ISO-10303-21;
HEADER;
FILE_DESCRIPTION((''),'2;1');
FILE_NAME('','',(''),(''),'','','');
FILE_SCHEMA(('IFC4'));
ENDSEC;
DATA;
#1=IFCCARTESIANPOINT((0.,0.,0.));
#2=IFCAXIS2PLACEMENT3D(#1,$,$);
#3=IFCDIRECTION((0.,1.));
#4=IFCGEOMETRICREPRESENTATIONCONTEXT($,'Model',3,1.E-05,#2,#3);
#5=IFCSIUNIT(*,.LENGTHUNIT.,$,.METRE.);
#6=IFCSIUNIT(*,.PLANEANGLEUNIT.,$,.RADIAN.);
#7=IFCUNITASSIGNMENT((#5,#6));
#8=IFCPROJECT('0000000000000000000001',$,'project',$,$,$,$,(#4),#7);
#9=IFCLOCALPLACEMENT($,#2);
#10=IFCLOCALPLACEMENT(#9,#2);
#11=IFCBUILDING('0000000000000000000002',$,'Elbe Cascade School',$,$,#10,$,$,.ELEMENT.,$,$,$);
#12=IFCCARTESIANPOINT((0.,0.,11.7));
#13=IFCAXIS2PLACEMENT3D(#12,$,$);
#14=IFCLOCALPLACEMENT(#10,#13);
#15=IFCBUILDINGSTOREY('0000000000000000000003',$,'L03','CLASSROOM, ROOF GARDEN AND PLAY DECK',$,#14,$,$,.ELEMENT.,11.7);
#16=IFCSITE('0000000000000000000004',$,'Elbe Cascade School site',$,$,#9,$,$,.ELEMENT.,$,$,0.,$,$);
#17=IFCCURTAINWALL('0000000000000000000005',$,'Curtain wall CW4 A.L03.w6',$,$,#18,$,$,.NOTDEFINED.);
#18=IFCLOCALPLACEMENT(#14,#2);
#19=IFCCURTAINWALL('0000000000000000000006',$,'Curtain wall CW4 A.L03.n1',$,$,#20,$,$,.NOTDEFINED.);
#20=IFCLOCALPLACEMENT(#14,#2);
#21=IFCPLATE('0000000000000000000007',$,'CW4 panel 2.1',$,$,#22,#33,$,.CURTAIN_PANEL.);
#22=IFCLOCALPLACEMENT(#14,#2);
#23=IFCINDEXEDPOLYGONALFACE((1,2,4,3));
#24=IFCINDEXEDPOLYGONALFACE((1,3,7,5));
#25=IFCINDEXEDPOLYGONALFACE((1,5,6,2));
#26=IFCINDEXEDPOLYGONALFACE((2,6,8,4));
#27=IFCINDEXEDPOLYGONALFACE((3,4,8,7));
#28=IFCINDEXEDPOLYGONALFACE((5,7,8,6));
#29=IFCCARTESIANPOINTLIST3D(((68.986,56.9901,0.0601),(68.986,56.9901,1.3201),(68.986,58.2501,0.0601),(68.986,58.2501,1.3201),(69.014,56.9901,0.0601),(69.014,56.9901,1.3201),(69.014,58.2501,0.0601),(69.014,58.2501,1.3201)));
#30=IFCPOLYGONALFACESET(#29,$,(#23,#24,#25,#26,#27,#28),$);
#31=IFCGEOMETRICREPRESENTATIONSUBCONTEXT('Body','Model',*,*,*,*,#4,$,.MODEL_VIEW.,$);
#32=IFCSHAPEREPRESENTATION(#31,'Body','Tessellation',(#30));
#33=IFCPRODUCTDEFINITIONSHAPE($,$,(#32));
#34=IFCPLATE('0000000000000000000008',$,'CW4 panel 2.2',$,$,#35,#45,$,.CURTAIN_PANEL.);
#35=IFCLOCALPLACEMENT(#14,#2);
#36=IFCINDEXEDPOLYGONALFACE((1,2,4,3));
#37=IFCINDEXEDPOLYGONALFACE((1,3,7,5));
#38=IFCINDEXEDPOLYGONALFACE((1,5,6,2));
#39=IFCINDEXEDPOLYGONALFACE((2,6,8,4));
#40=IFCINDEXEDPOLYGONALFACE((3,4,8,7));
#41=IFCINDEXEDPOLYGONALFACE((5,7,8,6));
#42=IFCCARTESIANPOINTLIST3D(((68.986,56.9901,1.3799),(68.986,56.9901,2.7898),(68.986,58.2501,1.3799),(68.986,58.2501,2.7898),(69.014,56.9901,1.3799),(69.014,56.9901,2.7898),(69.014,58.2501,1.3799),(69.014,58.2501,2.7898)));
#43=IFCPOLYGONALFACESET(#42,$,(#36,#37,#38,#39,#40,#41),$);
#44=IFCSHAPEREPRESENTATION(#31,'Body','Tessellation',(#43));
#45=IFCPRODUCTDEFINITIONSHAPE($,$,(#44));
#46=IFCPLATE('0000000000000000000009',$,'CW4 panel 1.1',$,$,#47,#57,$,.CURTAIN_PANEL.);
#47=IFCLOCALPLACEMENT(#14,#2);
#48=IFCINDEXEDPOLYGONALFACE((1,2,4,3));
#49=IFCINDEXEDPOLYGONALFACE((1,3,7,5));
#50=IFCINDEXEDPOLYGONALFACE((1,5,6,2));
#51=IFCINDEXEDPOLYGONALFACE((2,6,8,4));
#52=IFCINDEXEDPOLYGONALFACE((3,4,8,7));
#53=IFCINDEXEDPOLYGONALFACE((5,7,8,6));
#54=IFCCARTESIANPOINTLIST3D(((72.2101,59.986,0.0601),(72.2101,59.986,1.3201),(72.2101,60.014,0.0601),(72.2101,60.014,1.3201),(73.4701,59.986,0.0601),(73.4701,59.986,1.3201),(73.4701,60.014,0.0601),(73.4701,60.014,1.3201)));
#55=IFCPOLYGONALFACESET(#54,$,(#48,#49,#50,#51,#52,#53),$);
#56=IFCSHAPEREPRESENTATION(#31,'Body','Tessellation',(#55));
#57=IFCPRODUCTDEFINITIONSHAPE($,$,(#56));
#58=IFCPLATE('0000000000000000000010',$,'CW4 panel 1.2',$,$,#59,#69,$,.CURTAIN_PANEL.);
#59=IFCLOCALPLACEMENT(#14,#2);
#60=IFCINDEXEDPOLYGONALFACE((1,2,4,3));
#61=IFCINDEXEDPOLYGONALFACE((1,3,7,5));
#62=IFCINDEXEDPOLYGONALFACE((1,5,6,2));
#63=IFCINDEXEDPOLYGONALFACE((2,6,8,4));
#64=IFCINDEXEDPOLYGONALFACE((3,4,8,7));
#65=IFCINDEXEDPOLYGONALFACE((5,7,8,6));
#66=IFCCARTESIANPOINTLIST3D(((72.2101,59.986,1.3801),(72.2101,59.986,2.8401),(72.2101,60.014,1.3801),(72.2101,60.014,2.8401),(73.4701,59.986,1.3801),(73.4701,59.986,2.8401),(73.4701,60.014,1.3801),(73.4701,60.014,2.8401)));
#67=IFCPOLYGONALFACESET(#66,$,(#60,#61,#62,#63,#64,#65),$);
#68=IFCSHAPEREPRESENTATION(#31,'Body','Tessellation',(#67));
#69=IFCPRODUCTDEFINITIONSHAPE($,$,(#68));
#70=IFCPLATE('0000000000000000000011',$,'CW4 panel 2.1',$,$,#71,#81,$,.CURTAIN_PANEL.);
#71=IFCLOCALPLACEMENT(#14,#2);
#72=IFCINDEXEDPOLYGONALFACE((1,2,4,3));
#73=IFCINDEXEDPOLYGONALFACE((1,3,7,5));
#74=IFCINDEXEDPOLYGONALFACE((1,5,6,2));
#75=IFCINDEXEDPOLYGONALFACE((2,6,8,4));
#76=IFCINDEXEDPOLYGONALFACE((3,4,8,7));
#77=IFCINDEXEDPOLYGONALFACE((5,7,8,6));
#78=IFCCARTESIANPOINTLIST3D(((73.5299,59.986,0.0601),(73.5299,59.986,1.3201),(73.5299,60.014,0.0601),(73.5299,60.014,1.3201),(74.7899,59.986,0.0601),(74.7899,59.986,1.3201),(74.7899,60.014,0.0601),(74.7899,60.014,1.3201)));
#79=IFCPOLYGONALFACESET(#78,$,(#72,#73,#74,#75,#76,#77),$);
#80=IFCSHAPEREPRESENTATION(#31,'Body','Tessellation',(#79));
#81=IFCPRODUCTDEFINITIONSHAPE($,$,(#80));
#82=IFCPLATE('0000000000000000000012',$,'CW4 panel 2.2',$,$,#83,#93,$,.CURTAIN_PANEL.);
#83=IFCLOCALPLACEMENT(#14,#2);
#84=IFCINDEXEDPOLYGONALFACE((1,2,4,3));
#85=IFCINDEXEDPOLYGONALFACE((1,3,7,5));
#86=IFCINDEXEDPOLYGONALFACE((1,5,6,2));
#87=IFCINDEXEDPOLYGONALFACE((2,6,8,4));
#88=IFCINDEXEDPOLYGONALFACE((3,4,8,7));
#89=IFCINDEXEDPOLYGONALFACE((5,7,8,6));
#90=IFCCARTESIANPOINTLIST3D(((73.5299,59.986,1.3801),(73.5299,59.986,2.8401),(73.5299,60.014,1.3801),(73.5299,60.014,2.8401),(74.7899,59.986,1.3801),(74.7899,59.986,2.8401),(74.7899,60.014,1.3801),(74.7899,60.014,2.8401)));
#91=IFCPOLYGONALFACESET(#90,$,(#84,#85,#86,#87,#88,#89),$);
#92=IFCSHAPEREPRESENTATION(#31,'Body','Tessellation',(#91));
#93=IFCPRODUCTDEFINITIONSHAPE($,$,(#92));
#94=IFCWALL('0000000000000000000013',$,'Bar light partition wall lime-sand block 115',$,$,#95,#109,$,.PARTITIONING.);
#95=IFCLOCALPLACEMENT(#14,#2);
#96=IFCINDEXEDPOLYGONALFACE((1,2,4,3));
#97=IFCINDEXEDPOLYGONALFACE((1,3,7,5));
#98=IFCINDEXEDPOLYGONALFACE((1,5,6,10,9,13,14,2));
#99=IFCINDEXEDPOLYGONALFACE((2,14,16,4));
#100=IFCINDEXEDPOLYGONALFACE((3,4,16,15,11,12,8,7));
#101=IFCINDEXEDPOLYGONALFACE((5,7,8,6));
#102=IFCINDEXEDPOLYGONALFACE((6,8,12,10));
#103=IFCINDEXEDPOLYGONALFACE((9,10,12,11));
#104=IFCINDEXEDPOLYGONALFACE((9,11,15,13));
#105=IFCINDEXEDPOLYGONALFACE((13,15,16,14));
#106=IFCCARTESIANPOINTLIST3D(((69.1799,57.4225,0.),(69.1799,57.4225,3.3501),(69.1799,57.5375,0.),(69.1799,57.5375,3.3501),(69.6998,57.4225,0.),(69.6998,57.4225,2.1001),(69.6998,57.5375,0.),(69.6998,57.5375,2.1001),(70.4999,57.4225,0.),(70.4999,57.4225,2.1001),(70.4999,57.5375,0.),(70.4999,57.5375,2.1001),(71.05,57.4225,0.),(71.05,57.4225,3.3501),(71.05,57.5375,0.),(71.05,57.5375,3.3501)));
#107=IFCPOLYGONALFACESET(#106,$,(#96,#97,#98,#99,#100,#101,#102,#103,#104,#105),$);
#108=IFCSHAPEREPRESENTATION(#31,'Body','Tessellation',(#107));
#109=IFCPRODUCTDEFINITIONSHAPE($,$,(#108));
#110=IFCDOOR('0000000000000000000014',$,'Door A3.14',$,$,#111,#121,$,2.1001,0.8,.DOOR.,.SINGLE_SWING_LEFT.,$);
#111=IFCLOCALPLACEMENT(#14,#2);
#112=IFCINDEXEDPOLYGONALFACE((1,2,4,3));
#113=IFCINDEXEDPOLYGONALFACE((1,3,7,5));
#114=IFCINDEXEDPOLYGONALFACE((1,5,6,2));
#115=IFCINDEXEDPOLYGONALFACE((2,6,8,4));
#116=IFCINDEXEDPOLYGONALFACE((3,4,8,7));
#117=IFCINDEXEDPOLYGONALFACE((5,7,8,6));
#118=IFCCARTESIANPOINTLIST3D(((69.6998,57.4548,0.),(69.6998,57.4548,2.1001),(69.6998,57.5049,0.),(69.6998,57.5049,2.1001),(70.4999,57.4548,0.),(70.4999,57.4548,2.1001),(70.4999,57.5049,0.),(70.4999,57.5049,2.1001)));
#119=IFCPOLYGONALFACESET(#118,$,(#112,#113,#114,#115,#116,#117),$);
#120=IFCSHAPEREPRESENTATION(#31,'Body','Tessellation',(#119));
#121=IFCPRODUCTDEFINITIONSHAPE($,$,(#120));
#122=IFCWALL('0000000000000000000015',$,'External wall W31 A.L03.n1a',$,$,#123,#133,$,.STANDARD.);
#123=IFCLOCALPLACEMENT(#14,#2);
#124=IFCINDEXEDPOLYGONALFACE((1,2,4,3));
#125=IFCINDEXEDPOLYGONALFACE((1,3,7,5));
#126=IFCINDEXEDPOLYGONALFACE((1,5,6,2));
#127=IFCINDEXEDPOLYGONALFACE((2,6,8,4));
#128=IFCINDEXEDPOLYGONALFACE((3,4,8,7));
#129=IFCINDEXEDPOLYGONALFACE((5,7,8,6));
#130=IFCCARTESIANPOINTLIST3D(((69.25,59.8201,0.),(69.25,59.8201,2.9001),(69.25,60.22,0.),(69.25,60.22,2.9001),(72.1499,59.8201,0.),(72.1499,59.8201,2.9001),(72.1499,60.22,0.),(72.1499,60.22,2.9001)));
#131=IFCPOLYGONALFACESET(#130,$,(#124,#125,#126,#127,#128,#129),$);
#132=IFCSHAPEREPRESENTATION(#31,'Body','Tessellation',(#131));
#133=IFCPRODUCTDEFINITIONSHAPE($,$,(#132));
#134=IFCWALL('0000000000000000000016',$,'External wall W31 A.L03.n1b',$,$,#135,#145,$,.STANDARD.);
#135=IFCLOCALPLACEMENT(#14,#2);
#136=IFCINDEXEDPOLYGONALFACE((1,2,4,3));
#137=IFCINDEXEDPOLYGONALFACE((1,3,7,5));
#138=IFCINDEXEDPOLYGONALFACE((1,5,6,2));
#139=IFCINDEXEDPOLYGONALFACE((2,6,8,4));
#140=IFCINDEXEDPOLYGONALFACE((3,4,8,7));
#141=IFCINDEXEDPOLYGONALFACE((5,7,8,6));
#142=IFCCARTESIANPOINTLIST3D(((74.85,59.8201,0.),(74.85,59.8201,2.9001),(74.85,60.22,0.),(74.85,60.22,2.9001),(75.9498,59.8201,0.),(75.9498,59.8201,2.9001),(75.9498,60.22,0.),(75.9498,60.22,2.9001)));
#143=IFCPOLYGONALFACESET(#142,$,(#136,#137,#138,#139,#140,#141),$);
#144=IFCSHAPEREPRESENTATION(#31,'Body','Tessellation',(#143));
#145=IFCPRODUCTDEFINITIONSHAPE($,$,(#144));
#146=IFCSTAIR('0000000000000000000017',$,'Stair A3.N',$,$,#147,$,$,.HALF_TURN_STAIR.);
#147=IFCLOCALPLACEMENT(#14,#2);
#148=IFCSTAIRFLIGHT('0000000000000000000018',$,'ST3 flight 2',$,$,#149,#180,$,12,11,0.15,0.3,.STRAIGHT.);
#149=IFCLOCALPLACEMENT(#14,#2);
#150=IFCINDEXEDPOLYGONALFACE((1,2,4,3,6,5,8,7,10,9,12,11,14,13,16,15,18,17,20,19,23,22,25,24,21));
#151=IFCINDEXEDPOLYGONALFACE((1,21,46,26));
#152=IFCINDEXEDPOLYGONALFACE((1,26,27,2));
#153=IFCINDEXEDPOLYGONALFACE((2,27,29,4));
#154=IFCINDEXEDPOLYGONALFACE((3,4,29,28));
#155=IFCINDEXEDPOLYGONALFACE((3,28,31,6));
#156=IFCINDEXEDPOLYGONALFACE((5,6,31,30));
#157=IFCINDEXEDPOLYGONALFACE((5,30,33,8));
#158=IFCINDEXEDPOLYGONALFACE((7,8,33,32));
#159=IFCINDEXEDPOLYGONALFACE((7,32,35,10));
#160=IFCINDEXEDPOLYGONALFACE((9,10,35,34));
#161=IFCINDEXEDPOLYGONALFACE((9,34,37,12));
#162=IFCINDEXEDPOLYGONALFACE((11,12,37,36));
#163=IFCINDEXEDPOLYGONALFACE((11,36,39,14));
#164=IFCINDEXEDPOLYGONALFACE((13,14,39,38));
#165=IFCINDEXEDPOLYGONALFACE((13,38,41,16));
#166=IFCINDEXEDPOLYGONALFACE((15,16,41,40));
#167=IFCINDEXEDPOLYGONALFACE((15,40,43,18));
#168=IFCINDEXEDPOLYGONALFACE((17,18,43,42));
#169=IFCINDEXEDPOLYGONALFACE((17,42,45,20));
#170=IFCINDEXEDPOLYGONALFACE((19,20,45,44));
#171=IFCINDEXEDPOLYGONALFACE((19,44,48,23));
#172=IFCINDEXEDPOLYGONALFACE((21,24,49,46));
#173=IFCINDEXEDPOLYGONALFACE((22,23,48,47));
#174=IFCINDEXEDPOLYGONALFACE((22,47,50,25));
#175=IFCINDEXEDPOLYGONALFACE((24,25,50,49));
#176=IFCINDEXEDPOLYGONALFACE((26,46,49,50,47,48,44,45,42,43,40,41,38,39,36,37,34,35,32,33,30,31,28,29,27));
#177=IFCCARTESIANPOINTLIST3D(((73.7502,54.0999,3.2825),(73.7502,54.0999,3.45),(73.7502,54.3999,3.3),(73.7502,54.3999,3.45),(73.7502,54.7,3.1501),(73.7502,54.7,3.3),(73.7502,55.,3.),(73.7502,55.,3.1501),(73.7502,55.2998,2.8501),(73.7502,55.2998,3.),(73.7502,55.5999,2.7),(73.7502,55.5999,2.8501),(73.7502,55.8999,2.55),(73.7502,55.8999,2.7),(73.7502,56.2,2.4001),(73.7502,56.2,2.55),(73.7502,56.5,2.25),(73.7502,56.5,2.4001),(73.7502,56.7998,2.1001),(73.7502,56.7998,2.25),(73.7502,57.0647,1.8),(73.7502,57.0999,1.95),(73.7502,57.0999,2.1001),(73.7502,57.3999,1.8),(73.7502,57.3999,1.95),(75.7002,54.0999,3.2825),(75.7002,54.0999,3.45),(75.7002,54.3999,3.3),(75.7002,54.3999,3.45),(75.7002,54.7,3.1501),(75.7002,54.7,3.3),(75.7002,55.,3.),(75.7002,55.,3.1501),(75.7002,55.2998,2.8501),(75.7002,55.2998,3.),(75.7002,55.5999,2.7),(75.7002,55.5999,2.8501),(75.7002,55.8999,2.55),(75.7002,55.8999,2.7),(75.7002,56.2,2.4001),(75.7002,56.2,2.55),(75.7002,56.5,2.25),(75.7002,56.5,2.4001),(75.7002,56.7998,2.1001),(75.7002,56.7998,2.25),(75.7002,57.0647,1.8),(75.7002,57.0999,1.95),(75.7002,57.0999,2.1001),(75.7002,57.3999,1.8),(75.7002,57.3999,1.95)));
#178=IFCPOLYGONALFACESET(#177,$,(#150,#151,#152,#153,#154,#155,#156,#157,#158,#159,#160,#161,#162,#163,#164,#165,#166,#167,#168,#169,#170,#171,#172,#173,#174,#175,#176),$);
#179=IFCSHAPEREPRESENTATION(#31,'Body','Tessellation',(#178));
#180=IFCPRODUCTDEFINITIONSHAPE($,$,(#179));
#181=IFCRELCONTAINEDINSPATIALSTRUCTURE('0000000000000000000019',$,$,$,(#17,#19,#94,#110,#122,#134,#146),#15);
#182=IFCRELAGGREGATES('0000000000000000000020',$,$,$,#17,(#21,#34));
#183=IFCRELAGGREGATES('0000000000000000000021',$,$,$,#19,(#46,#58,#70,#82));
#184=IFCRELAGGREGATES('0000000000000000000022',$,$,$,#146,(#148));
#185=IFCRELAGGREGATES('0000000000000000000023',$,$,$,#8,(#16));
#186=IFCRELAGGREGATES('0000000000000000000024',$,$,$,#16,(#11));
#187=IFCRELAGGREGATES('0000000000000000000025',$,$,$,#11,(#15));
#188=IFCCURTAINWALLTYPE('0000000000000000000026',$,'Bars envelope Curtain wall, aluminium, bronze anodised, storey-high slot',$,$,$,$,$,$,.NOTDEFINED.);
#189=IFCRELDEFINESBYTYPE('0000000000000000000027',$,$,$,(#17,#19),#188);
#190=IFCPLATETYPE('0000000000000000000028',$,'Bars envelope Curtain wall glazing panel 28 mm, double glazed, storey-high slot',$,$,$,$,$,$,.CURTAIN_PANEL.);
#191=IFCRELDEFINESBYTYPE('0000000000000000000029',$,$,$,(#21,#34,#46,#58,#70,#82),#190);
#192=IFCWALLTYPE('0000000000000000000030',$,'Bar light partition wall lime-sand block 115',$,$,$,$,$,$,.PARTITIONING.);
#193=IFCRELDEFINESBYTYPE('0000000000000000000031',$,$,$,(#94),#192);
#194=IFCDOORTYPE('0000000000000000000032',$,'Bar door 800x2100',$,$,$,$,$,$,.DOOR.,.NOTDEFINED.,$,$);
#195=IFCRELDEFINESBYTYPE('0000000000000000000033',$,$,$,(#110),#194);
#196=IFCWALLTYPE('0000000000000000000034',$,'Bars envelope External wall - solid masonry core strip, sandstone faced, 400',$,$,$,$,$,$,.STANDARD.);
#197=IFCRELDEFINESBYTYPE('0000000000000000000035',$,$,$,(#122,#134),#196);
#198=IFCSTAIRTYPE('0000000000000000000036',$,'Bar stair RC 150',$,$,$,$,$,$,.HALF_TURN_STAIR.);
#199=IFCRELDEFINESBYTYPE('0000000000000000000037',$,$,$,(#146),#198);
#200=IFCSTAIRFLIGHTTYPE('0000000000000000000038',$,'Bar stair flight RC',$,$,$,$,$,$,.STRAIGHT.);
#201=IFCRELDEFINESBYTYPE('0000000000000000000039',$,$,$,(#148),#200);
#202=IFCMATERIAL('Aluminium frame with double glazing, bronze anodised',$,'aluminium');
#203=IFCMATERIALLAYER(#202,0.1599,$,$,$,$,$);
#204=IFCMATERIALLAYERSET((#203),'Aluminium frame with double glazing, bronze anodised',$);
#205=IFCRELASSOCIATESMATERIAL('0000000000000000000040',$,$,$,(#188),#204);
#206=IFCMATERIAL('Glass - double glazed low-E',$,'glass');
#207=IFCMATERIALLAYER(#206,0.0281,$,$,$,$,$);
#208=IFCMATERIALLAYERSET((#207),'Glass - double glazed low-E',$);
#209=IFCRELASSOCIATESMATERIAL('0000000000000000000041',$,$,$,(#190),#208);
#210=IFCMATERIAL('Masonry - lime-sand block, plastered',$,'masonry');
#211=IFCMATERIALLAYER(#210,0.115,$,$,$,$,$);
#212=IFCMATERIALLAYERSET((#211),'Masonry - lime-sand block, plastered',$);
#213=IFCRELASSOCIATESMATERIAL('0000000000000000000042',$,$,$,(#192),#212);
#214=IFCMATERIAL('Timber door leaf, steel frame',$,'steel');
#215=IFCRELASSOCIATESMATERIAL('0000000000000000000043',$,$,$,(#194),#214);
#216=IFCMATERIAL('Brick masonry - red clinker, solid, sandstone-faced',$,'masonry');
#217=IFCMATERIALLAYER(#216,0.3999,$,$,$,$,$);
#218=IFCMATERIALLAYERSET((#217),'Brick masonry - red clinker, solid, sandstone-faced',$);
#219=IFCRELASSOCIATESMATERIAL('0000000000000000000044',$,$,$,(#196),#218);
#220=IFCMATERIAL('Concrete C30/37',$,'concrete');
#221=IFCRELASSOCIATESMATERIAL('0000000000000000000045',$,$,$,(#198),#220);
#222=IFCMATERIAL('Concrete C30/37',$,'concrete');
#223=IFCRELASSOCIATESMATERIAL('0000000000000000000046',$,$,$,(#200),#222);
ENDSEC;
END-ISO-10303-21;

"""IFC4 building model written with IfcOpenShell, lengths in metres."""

from ifc_helpers import new_model, si_unit, direction, frame, frame_2d, origin, origin_2d, place, context, subcontext, project, spatial, polyline, rectangle, outline, extrude, material, layer, layer_set, type_object, element, fill, aggregate, save


model = new_model("IFC4")

# Units and contexts
model_context = context("Model", 3, precision=1e-05, world=origin(), true_north=direction((0.0, 1.0)))
body_context = subcontext(model_context, "Body", "Model", "MODEL_VIEW")
ifc_project = project(units=[si_unit("LENGTHUNIT", "METRE"), si_unit("PLANEANGLEUNIT", "RADIAN")], contexts=[model_context])

# Site, building, storey
site_placement = place(None, origin())
site = spatial("IfcSite", under=ifc_project, at=site_placement, Name="Elbe Cascade School site", CompositionType="ELEMENT", RefElevation=0.0)
building_placement = place(site_placement, origin())
building = spatial("IfcBuilding", under=site, at=building_placement, Name="Elbe Cascade School", CompositionType="ELEMENT")
storey_placement = place(building_placement, frame((0.0, 0.0, 11.7)))
storey = spatial("IfcBuildingStorey", under=building, at=storey_placement, Name="L03", Description="CLASSROOM, ROOF GARDEN AND PLAY DECK", CompositionType="ELEMENT", Elevation=11.7)

# Curtain wall
ifc_material_1 = material(Name="Aluminium frame with double glazing, bronze anodised", Category="aluminium")
ifc_layer_1 = layer(ifc_material_1, 0.1599)
ifc_layer_set_1 = layer_set([ifc_layer_1], Name="Aluminium frame with double glazing, bronze anodised")
curtain_wall_type = type_object("IfcCurtainWallType", Name="Bars envelope Curtain wall, aluminium, bronze anodised, storey-high slot", PredefinedType="NOTDEFINED", material=ifc_layer_set_1)
curtain_wall_1_placement = place(storey_placement, origin())
curtain_wall_1 = element("IfcCurtainWall", 1, at=curtain_wall_1_placement, inside=storey, type_object=curtain_wall_type, Name="Curtain wall CW4 A.L03.w6", PredefinedType="NOTDEFINED")

# Curtain wall
curtain_wall_2_placement = place(storey_placement, origin())
curtain_wall_2 = element("IfcCurtainWall", 2, at=curtain_wall_2_placement, inside=storey, type_object=curtain_wall_type, Name="Curtain wall CW4 A.L03.n1", PredefinedType="NOTDEFINED")

# Plates
ifc_material_2 = material(Name="Glass - double glazed low-E", Category="glass")
ifc_layer_2 = layer(ifc_material_2, 0.0281)
ifc_layer_set_2 = layer_set([ifc_layer_2], Name="Glass - double glazed low-E")
plate_type = type_object("IfcPlateType", Name="Bars envelope Curtain wall glazing panel 28 mm, double glazed, storey-high slot", PredefinedType="CURTAIN_PANEL", material=ifc_layer_set_2)
plate_1_placement = place(storey_placement, frame((69.0, 57.6201, 0.0601), z_axis=(0.0, 0.0, 1.0), x_axis=(0.0, 1.0, 0.0)))
plate_1 = element("IfcPlate", 3, at=plate_1_placement, type_object=plate_type, Name="CW4 panel 2.1", PredefinedType="CURTAIN_PANEL", context=body_context, shape_type="SweptSolid", body=[
    extrude(rectangle(XDim=1.26, YDim=0.0281, at=origin_2d()), origin(), (0.0, 0.0, 1.0), 1.26),
])
plate_2_placement = place(storey_placement, frame((69.0, 57.6201, 1.3799), z_axis=(0.0, 0.0, 1.0), x_axis=(0.0, 1.0, 0.0)))
plate_2 = element("IfcPlate", 4, at=plate_2_placement, type_object=plate_type, Name="CW4 panel 2.2", PredefinedType="CURTAIN_PANEL", context=body_context, shape_type="SweptSolid", body=[
    extrude(rectangle(XDim=1.26, YDim=0.0281, at=origin_2d()), origin(), (0.0, 0.0, 1.0), 1.4099),
])
aggregate(curtain_wall_1, [plate_1, plate_2])
plate_3_placement = place(storey_placement, frame((72.8401, 60.0, 0.0601), z_axis=(0.0, 0.0, 1.0), x_axis=(1.0, 0.0, 0.0)))
plate_3 = element("IfcPlate", 5, at=plate_3_placement, type_object=plate_type, Name="CW4 panel 1.1", PredefinedType="CURTAIN_PANEL", context=body_context, shape_type="SweptSolid", body=[
    extrude(rectangle(XDim=1.26, YDim=0.0281, at=origin_2d()), origin(), (0.0, 0.0, 1.0), 1.26),
])
plate_4_placement = place(storey_placement, frame((72.8401, 60.0, 1.3801), z_axis=(0.0, 0.0, 1.0), x_axis=(1.0, 0.0, 0.0)))
plate_4 = element("IfcPlate", 6, at=plate_4_placement, type_object=plate_type, Name="CW4 panel 1.2", PredefinedType="CURTAIN_PANEL", context=body_context, shape_type="SweptSolid", body=[
    extrude(rectangle(XDim=1.26, YDim=0.0281, at=origin_2d()), origin(), (0.0, 0.0, 1.0), 1.46),
])
plate_5_placement = place(storey_placement, frame((74.1599, 60.0, 0.0601), z_axis=(0.0, 0.0, 1.0), x_axis=(1.0, 0.0, 0.0)))
plate_5 = element("IfcPlate", 7, at=plate_5_placement, type_object=plate_type, Name="CW4 panel 2.1", PredefinedType="CURTAIN_PANEL", context=body_context, shape_type="SweptSolid", body=[
    extrude(rectangle(XDim=1.26, YDim=0.0281, at=origin_2d()), origin(), (0.0, 0.0, 1.0), 1.26),
])
plate_6_placement = place(storey_placement, frame((74.1599, 60.0, 1.3801), z_axis=(0.0, 0.0, 1.0), x_axis=(1.0, 0.0, 0.0)))
plate_6 = element("IfcPlate", 8, at=plate_6_placement, type_object=plate_type, Name="CW4 panel 2.2", PredefinedType="CURTAIN_PANEL", context=body_context, shape_type="SweptSolid", body=[
    extrude(rectangle(XDim=1.26, YDim=0.0281, at=origin_2d()), origin(), (0.0, 0.0, 1.0), 1.46),
])
aggregate(curtain_wall_2, [plate_3, plate_4, plate_5, plate_6])

# Wall, opening, door
ifc_material_3 = material(Name="Masonry - lime-sand block, plastered", Category="masonry")
ifc_layer_3 = layer(ifc_material_3, 0.115)
ifc_layer_set_3 = layer_set([ifc_layer_3], Name="Masonry - lime-sand block, plastered")
wall_type_1 = type_object("IfcWallType", Name="Bar light partition wall lime-sand block 115", PredefinedType="PARTITIONING", material=ifc_layer_set_3)
wall_1_placement = place(storey_placement, frame((69.1799, 57.48, 0.0), z_axis=(0.0, 0.0, 1.0), x_axis=(1.0, 0.0, 0.0)))
wall_1 = element("IfcWall", 9, at=wall_1_placement, inside=storey, type_object=wall_type_1, Name="Bar light partition wall lime-sand block 115", PredefinedType="PARTITIONING", context=body_context, shape_type="SweptSolid", body=[
    extrude(rectangle(XDim=1.8701, YDim=0.115, at=frame_2d((0.9351, 0.0))), origin(), (0.0, 0.0, 1.0), 3.3501),
])
opening_placement = place(wall_1_placement, frame((0.52, 0.0, 0.0)))
opening = element("IfcOpeningElement", 10, at=opening_placement, cuts=wall_1, PredefinedType="OPENING", context=body_context, shape_type="SweptSolid", body=[
    extrude(rectangle(XDim=0.8, YDim=2.1001, at=frame_2d((0.3999, 1.05))), frame((0.0, 0.0674, 0.0), z_axis=(0.0, -1.0, 0.0), x_axis=(1.0, 0.0, 0.0)), (0.0, 0.0, 1.0), 0.135),
])
ifc_material_4 = material(Name="Timber door leaf, steel frame", Category="steel")
door_type = type_object("IfcDoorType", Name="Bar door 800x2100", OperationType="NOTDEFINED", PredefinedType="DOOR", material=ifc_material_4)
door_placement = place(opening_placement, origin())
door = element("IfcDoor", 11, at=door_placement, inside=storey, type_object=door_type, Name="Door A3.14", OperationType="SINGLE_SWING_LEFT", OverallHeight=2.1001, OverallWidth=0.8, PredefinedType="DOOR", context=body_context, shape_type="SweptSolid", body=[
    extrude(rectangle(XDim=0.8, YDim=2.1001, at=frame_2d((0.3999, 1.05))), frame((0.0, 0.0249, 0.0), z_axis=(0.0, -1.0, 0.0), x_axis=(1.0, 0.0, 0.0)), (0.0, 0.0, 1.0), 0.05),
])
fill(opening, door)

# Walls
ifc_material_5 = material(Name="Brick masonry - red clinker, solid, sandstone-faced", Category="masonry")
ifc_layer_4 = layer(ifc_material_5, 0.3999)
ifc_layer_set_4 = layer_set([ifc_layer_4], Name="Brick masonry - red clinker, solid, sandstone-faced")
wall_type_2 = type_object("IfcWallType", Name="Bars envelope External wall - solid masonry core strip, sandstone faced, 400", PredefinedType="STANDARD", material=ifc_layer_set_4)
wall_2_placement = place(storey_placement, frame((69.25, 60.02, 0.0), z_axis=(0.0, 0.0, 1.0), x_axis=(1.0, 0.0, 0.0)))
element("IfcWall", 12, at=wall_2_placement, inside=storey, type_object=wall_type_2, Name="External wall W31 A.L03.n1a", PredefinedType="STANDARD", context=body_context, shape_type="SweptSolid", body=[
    extrude(rectangle(XDim=2.8999, YDim=0.3999, at=frame_2d((1.45, 0.0))), origin(), (0.0, 0.0, 1.0), 2.9001),
])
wall_3_placement = place(storey_placement, frame((74.8501, 60.02, 0.0), z_axis=(0.0, 0.0, 1.0), x_axis=(1.0, 0.0, 0.0)))
element("IfcWall", 13, at=wall_3_placement, inside=storey, type_object=wall_type_2, Name="External wall W31 A.L03.n1b", PredefinedType="STANDARD", context=body_context, shape_type="SweptSolid", body=[
    extrude(rectangle(XDim=1.0999, YDim=0.3999, at=frame_2d((0.5498, 0.0))), origin(), (0.0, 0.0, 1.0), 2.9001),
])

# Stair, stair flight
ifc_material_6 = material(Name="Concrete C30/37", Category="concrete")
stair_type = type_object("IfcStairType", Name="Bar stair RC 150", PredefinedType="HALF_TURN_STAIR", material=ifc_material_6)
stair_placement = place(storey_placement, origin())
stair = element("IfcStair", 14, at=stair_placement, inside=storey, type_object=stair_type, Name="Stair A3.N", PredefinedType="HALF_TURN_STAIR")
ifc_material_7 = material(Name="Concrete C30/37", Category="concrete")
stair_flight_type = type_object("IfcStairFlightType", Name="Bar stair flight RC", PredefinedType="STRAIGHT", material=ifc_material_7)
stair_flight_placement = place(storey_placement, frame((74.7251, 57.3999, 1.8), z_axis=(0.0, 0.0, 1.0), x_axis=(0.0, -1.0, 0.0)))
stair_flight = element("IfcStairFlight", 15, at=stair_flight_placement, type_object=stair_flight_type, Name="ST3 flight 2", NumberOfRisers=12, NumberOfTreads=11, PredefinedType="STRAIGHT", RiserHeight=0.15, TreadLength=0.3, context=body_context, shape_type="SweptSolid", body=[
    extrude(outline(polyline([(0.0, 0.0), (0.0, 0.1499), (0.3, 0.1499), (0.3, 0.3), (0.6001, 0.3), (0.6001, 0.45), (0.8999, 0.45), (0.8999, 0.6001), (1.2, 0.6001), (1.2, 0.75), (1.5, 0.75), (1.5, 0.8999), (1.8, 0.8999), (1.8, 1.05), (2.1001, 1.05), (2.1001, 1.2), (2.3999, 1.2), (2.3999, 1.3501), (2.7, 1.3501), (2.7, 1.5), (3.0, 1.5), (3.0, 1.6499), (3.3, 1.6499), (3.3, 1.8), (3.3, 1.4824), (0.3352, 0.0), (0.0, 0.0)])), frame((0.0, 0.9751, 0.0), z_axis=(0.0, -1.0, 0.0), x_axis=(1.0, 0.0, 0.0)), (0.0, 0.0, 1.0), 1.95),
])
aggregate(stair, [stair_flight])

save(model, "model.ifc")
